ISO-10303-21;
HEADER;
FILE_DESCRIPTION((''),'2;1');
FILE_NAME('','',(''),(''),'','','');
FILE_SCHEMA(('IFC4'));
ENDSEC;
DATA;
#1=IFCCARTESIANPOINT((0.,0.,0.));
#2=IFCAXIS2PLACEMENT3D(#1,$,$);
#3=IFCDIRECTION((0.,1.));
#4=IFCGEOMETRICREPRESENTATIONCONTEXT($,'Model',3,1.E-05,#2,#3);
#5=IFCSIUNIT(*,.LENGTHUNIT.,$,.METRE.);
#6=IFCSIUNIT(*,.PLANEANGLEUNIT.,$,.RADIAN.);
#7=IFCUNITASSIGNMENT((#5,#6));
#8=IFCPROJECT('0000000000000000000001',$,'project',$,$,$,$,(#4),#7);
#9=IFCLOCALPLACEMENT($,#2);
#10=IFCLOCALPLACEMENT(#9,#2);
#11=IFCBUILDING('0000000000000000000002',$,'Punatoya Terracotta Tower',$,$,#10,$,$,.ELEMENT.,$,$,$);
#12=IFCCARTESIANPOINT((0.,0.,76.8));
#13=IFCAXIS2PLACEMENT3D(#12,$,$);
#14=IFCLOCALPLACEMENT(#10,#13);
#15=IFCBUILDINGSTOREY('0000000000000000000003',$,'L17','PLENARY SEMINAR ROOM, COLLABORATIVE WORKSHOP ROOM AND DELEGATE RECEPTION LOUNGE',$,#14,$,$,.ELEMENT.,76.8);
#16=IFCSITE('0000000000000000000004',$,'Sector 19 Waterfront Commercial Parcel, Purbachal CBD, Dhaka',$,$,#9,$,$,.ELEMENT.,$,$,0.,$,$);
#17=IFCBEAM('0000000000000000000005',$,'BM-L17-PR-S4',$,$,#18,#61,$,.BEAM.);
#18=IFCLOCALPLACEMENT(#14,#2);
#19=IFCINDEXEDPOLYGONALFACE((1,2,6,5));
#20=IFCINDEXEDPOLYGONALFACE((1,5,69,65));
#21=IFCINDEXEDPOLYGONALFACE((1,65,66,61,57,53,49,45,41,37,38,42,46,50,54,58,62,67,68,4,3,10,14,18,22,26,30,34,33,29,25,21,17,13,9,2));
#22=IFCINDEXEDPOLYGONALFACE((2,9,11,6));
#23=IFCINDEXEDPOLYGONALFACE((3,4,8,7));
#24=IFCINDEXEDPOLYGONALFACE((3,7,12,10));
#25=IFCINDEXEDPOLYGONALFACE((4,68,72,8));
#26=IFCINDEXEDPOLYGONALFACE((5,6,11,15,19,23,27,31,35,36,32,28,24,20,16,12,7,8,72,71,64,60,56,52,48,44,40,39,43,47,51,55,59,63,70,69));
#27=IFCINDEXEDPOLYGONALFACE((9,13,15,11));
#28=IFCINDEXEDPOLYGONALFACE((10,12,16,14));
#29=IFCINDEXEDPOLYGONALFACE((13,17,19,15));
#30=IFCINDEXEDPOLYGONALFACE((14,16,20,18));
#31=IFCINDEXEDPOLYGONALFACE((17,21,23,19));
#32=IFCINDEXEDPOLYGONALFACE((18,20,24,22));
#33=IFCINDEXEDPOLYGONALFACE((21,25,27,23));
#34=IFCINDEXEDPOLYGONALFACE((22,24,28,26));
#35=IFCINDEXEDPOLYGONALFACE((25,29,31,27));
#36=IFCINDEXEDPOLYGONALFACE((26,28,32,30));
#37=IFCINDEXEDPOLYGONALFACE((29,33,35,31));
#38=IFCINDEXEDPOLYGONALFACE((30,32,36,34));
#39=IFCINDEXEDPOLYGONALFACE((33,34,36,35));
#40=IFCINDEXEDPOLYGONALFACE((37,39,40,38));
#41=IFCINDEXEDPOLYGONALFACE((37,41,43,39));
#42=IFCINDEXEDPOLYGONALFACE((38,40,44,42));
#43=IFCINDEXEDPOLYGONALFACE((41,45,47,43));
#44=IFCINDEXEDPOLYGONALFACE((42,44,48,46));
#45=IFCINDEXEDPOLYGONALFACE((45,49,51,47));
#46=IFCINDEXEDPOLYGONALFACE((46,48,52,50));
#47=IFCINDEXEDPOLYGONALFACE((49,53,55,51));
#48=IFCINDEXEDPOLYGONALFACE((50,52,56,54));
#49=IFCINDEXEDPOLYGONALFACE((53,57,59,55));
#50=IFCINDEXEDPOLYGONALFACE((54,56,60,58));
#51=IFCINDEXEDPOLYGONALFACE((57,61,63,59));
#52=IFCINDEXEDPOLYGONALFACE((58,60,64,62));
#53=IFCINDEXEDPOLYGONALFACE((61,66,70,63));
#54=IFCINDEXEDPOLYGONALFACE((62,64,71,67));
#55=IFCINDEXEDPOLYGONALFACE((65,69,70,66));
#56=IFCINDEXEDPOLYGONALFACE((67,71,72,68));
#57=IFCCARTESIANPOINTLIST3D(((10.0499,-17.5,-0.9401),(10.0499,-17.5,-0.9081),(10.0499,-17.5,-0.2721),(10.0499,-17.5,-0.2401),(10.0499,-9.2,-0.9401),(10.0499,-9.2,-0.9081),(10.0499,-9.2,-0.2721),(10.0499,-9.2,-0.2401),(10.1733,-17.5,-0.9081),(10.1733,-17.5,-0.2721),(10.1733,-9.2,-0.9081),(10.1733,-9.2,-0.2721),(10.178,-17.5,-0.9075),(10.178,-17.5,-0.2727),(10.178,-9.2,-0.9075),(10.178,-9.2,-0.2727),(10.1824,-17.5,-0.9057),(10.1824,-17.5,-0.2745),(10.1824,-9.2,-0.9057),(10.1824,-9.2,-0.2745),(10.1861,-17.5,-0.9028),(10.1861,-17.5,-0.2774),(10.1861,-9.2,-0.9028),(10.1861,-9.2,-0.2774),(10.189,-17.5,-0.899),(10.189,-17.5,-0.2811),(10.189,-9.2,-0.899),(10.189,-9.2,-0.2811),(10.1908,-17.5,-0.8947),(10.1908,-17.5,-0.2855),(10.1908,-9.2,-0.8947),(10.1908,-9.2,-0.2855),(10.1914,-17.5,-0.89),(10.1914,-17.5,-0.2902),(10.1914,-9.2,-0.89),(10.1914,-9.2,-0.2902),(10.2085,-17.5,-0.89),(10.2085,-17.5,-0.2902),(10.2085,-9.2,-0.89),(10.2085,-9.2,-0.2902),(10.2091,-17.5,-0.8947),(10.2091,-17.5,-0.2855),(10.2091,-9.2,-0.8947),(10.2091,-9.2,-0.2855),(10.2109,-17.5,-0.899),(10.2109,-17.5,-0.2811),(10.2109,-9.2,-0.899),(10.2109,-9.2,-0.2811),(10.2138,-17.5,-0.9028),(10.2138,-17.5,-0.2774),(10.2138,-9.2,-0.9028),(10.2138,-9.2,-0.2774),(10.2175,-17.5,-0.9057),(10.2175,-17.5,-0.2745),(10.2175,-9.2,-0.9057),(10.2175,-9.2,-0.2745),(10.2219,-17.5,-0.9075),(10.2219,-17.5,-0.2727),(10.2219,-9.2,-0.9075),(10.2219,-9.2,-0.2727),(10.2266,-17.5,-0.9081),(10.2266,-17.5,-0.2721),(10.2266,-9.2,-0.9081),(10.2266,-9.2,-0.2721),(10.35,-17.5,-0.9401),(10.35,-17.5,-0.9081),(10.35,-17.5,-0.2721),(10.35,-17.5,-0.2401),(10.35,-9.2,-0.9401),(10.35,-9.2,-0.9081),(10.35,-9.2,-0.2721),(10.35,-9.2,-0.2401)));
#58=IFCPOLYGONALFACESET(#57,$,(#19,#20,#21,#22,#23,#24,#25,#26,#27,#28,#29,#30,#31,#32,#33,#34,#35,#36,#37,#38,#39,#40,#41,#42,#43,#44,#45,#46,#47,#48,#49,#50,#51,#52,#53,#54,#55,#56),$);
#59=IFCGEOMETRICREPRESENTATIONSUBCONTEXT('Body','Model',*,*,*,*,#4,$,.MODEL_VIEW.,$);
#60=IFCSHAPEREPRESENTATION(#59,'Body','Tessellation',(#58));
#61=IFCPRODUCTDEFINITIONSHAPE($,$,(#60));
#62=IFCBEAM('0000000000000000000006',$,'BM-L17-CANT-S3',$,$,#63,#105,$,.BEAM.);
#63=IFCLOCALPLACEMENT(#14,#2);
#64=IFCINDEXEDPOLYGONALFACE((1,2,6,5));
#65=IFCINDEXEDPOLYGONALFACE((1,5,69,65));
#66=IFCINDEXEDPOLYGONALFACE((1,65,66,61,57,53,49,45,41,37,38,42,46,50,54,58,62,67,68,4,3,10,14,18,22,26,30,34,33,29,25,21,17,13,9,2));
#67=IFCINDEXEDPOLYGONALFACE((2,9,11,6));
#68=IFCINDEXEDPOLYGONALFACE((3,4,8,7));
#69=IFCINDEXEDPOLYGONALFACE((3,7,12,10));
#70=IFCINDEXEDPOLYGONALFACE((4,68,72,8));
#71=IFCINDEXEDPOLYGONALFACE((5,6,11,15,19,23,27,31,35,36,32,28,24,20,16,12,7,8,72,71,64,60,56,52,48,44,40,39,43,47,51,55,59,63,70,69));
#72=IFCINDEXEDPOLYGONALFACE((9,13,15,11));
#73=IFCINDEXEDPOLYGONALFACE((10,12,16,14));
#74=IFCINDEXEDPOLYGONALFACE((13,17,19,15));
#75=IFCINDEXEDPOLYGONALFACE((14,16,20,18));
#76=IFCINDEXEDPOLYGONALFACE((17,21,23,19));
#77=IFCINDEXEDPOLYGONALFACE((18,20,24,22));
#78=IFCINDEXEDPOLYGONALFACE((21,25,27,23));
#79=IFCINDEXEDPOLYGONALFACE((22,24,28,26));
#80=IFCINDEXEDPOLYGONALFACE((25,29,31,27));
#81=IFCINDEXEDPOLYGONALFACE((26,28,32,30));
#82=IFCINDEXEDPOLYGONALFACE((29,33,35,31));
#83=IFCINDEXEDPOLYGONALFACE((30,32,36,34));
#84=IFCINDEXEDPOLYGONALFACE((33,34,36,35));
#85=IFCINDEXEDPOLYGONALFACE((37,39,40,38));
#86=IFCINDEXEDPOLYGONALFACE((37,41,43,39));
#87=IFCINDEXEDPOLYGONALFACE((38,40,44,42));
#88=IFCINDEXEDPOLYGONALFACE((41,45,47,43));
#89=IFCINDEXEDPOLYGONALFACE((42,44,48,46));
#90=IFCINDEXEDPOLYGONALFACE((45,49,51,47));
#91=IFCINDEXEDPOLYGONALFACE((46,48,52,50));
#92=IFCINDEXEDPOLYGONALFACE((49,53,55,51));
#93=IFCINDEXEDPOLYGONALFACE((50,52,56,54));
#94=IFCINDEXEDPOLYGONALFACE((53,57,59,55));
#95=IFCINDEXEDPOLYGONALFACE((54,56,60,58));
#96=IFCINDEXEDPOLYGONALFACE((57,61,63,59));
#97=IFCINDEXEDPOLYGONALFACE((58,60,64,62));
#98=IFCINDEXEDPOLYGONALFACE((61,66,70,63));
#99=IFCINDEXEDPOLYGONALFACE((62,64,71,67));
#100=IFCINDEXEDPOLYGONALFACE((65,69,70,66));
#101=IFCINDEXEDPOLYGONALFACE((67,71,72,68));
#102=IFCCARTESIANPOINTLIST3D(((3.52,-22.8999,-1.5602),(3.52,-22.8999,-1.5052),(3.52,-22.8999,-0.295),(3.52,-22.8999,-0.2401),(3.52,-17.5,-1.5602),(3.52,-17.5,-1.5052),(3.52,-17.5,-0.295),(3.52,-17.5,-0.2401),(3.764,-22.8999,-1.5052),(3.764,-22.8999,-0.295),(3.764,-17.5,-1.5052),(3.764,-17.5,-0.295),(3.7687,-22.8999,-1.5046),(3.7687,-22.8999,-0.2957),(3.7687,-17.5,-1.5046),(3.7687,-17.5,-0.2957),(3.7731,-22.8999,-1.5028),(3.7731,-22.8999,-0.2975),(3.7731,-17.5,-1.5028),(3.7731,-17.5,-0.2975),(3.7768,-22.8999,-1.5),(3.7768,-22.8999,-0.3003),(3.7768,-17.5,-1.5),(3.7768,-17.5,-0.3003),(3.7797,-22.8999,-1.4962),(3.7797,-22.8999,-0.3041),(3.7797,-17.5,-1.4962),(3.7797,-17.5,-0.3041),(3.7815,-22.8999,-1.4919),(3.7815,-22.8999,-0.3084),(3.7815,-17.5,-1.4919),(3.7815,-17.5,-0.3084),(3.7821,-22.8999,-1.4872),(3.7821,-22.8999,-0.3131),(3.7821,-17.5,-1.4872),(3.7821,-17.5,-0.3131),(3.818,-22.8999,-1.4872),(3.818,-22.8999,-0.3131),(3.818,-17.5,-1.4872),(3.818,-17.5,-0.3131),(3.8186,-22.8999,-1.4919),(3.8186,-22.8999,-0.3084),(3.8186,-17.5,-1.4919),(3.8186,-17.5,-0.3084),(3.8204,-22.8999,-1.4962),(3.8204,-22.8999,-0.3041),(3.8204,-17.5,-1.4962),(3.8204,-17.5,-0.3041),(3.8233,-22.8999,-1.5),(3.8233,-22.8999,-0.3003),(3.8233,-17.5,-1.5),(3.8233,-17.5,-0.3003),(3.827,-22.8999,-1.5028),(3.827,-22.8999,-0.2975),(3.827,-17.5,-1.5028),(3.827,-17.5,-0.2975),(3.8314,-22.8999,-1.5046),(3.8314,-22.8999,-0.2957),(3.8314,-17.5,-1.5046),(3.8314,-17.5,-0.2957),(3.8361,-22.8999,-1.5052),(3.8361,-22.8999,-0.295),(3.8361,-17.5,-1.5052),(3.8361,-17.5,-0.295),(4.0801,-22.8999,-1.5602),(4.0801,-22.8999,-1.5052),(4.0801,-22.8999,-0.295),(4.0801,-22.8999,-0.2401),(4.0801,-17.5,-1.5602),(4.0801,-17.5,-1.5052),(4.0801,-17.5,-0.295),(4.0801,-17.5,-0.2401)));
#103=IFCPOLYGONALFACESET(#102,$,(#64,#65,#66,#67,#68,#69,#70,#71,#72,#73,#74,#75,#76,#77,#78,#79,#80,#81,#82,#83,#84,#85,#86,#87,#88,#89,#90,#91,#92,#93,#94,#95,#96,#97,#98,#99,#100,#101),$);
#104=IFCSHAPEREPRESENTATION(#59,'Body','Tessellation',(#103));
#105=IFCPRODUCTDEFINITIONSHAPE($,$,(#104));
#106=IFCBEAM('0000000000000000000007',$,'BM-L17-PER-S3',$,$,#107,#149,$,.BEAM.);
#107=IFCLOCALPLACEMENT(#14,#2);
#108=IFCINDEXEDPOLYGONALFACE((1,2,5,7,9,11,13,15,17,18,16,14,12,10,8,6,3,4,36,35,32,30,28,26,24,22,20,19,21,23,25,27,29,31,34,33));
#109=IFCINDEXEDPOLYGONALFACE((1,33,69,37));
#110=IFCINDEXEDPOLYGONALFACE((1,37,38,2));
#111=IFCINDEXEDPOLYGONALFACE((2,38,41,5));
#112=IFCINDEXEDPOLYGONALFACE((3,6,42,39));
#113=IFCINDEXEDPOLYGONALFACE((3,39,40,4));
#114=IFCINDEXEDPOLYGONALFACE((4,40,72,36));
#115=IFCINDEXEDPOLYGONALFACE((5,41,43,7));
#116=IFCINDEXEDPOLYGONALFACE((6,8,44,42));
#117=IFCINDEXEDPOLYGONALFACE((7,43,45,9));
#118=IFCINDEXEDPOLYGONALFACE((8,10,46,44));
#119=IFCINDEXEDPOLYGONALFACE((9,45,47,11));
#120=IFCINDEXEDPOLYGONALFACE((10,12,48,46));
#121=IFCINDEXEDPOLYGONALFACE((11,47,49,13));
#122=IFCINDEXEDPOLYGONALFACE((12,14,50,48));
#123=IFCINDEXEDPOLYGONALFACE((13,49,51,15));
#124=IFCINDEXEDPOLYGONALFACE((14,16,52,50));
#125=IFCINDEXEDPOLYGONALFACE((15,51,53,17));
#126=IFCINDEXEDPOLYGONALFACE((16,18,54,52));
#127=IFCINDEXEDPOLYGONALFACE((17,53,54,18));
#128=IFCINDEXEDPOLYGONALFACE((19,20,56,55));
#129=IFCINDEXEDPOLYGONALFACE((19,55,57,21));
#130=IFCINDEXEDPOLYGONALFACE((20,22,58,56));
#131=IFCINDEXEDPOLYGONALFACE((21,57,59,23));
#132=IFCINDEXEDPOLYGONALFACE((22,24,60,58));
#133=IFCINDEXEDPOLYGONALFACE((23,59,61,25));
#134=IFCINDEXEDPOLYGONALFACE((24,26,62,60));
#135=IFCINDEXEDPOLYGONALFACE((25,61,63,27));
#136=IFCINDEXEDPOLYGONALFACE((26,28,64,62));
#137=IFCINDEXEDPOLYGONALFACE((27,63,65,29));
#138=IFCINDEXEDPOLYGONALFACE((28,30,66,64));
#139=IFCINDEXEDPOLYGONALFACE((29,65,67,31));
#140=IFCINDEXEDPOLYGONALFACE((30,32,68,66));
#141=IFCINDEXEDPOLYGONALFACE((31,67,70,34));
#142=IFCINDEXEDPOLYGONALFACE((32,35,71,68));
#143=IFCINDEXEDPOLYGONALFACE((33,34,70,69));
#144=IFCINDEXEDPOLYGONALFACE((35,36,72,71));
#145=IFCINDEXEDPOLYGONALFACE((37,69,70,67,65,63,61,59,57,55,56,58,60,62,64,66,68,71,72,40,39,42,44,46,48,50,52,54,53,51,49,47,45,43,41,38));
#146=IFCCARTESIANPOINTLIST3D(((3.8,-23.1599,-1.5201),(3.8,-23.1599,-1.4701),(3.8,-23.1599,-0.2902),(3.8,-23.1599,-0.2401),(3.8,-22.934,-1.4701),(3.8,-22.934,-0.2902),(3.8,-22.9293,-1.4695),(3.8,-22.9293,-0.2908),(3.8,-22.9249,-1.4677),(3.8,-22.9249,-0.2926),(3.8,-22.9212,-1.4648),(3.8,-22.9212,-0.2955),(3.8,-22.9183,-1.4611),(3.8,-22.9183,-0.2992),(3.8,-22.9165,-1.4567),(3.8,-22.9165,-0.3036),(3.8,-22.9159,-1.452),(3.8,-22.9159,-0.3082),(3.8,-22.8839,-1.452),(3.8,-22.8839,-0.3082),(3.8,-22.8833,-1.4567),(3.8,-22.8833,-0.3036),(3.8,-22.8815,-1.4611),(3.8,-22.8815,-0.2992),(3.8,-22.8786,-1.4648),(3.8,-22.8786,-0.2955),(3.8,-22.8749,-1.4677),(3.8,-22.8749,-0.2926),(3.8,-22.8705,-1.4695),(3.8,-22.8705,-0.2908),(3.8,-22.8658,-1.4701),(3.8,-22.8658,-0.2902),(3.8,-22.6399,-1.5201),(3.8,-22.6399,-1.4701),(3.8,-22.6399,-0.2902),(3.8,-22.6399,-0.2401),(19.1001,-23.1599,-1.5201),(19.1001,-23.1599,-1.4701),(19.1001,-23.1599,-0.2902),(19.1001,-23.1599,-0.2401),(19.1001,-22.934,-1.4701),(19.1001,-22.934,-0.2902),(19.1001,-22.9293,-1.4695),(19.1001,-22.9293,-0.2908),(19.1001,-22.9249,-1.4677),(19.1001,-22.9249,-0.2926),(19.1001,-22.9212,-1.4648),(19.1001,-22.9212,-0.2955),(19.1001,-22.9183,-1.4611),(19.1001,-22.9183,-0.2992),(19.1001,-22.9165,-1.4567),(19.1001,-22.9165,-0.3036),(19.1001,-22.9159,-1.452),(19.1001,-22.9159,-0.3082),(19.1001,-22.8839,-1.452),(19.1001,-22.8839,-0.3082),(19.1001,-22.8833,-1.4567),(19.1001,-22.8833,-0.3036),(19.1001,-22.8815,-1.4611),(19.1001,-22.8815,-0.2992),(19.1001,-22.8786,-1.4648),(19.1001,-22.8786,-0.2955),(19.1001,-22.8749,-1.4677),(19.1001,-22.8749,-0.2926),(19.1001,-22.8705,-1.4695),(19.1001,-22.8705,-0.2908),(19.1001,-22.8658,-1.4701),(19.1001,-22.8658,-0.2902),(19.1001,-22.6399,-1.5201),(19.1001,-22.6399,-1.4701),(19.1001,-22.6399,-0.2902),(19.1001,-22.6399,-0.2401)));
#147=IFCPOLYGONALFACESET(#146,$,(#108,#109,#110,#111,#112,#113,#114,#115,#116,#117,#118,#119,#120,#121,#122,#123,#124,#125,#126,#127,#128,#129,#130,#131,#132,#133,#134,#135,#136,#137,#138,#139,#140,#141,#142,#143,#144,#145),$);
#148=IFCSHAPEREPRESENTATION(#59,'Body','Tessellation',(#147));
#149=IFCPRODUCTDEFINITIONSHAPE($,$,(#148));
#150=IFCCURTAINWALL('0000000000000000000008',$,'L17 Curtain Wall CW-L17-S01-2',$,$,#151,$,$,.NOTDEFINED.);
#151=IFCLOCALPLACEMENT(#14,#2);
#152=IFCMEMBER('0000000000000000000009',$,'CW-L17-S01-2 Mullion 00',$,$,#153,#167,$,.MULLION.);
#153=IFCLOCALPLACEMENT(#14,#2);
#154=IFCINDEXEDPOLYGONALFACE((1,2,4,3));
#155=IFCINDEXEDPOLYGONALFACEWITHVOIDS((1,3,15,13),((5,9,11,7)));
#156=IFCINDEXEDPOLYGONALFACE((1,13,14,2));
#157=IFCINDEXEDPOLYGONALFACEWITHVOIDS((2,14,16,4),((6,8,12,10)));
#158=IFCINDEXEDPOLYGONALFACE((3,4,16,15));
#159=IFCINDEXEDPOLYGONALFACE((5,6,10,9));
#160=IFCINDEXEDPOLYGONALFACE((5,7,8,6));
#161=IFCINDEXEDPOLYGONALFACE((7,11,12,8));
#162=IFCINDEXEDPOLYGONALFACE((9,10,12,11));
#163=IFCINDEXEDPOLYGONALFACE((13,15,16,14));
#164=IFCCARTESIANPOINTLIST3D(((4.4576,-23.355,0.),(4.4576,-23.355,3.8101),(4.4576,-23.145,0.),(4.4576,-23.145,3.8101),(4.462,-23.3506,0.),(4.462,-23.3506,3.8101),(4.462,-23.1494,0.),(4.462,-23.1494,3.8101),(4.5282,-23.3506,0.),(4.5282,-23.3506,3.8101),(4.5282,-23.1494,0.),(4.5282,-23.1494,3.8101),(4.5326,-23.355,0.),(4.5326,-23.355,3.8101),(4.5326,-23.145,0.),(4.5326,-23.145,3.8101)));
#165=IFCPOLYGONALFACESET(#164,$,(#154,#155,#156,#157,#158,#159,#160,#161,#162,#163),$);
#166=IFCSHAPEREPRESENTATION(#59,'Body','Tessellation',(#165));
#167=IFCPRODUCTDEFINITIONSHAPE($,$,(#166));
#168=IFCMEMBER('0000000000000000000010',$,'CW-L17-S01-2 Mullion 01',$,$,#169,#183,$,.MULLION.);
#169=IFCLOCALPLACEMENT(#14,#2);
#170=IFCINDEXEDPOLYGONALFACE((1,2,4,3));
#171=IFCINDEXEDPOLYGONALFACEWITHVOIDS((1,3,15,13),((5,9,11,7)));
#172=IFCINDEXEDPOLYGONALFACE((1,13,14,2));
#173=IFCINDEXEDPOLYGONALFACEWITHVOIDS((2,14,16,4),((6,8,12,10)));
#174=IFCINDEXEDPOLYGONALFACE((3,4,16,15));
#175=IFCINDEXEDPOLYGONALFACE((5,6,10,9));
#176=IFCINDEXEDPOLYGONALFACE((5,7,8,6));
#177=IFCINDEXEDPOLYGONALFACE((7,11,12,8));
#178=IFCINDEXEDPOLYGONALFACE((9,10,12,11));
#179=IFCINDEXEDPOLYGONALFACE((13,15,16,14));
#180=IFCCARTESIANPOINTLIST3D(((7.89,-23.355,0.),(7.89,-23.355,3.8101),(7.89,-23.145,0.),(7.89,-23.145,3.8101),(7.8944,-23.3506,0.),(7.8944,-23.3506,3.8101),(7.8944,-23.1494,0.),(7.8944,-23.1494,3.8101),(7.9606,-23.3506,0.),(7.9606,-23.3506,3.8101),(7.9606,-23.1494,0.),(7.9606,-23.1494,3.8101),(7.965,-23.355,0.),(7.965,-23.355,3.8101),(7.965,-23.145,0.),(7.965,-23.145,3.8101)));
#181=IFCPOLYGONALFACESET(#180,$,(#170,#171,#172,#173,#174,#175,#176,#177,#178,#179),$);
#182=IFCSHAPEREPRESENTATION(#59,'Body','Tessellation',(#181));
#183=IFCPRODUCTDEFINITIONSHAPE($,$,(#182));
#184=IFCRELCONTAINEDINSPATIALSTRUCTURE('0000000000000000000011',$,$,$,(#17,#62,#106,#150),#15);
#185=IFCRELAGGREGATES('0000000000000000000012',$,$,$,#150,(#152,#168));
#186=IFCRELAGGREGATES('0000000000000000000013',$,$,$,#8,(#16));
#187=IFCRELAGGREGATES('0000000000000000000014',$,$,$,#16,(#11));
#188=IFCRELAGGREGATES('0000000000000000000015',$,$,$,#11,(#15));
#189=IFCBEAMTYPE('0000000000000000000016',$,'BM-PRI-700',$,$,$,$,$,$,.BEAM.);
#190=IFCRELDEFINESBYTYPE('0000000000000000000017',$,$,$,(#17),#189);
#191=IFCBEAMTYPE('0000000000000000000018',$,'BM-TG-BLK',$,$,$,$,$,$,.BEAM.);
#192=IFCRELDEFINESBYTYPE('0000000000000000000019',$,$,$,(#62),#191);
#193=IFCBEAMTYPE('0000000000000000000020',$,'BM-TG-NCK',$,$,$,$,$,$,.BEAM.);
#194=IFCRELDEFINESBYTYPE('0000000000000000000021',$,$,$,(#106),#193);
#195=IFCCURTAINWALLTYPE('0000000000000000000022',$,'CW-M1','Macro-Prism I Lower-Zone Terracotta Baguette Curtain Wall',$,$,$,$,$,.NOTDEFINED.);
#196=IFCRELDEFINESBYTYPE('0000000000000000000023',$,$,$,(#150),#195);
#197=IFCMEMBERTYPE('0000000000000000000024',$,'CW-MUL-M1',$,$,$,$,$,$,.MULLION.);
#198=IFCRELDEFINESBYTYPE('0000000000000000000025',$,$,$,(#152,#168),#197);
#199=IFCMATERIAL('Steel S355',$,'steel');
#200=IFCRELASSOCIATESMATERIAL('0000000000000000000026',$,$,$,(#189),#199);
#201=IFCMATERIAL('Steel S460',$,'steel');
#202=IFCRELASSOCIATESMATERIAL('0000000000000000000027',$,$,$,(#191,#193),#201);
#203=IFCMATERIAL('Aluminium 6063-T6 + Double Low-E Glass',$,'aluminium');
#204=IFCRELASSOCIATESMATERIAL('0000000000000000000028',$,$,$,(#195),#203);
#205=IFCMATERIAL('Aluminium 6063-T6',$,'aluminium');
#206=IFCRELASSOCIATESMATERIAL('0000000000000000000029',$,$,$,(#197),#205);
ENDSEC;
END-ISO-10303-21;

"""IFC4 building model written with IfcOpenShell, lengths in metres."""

from ifc_helpers import new_model, si_unit, direction, frame, origin, origin_2d, place, context, subcontext, project, spatial, hollow_rectangle, i_section, extrude, material, material_profile, profile_set, type_object, element, aggregate, save


model = new_model("IFC4")

# Units and contexts
model_context = context("Model", 3, precision=1e-05, world=origin(), true_north=direction((0.0, 1.0)))
body_context = subcontext(model_context, "Body", "Model", "MODEL_VIEW")
ifc_project = project(units=[si_unit("LENGTHUNIT", "METRE"), si_unit("PLANEANGLEUNIT", "RADIAN")], contexts=[model_context])

# Site, building, storey
site_placement = place(None, origin())
site = spatial("IfcSite", under=ifc_project, at=site_placement, Name="Sector 19 Waterfront Commercial Parcel, Purbachal CBD, Dhaka", CompositionType="ELEMENT", RefElevation=0.0)
building_placement = place(site_placement, origin())
building = spatial("IfcBuilding", under=site, at=building_placement, Name="Punatoya Terracotta Tower", CompositionType="ELEMENT")
storey_placement = place(building_placement, frame((0.0, 0.0, 76.8)))
storey = spatial("IfcBuildingStorey", under=building, at=storey_placement, Name="L17", Description="PLENARY SEMINAR ROOM, COLLABORATIVE WORKSHOP ROOM AND DELEGATE RECEPTION LOUNGE", CompositionType="ELEMENT", Elevation=76.8)

# Shared definitions
ifc_material_1 = material(Name="Steel S460", Category="steel")

# Beams
ifc_material_2 = material(Name="Steel S355", Category="steel")
ifc_material_profile_1 = material_profile(ifc_material_2, i_section(OverallWidth=0.3, OverallDepth=0.7, WebThickness=0.0171, FlangeThickness=0.032, FilletRadius=0.0181, at=origin_2d()))
ifc_profile_set_1 = profile_set([ifc_material_profile_1], Name="Steel S355")
beam_type_1 = type_object("IfcBeamType", Name="BM-PRI-700", PredefinedType="BEAM", material=ifc_profile_set_1)
for number, where, z_axis, x_axis, name in (
    (1, (10.2, -17.5, -0.5901), (0.0, 1.0, 0.0), (-1.0, 0.0, 0.0), "BM-L17-PR-S4"),
):
    element("IfcBeam", number, at=place(storey_placement, frame(where, z_axis=z_axis, x_axis=x_axis)), inside=storey, type_object=beam_type_1, Name=name, PredefinedType="BEAM", context=body_context, shape_type="SweptSolid", body=[
        extrude(i_section(OverallWidth=0.3, OverallDepth=0.7, WebThickness=0.0171, FlangeThickness=0.032, FilletRadius=0.0181, at=origin_2d()), origin(), (0.0, 0.0, 1.0), 8.3),
    ])
ifc_material_profile_2 = material_profile(ifc_material_1, i_section(OverallWidth=0.5601, OverallDepth=1.3201, WebThickness=0.0359, FlangeThickness=0.0549, FilletRadius=0.0181, at=origin_2d()))
ifc_profile_set_2 = profile_set([ifc_material_profile_2], Name="Steel S460")
beam_type_2 = type_object("IfcBeamType", Name="BM-TG-BLK", PredefinedType="BEAM", material=ifc_profile_set_2)
beam_1_placement = place(storey_placement, frame((3.8, -22.8999, -0.9001), z_axis=(0.0, 1.0, 0.0), x_axis=(-1.0, 0.0, 0.0)))
element("IfcBeam", 2, at=beam_1_placement, inside=storey, type_object=beam_type_2, Name="BM-L17-CANT-S3", PredefinedType="BEAM", context=body_context, shape_type="SweptSolid", body=[
    extrude(i_section(OverallWidth=0.5601, OverallDepth=1.3201, WebThickness=0.0359, FlangeThickness=0.0549, FilletRadius=0.0181, at=origin_2d()), origin(), (0.0, 0.0, 1.0), 5.3999),
])
ifc_material_profile_3 = material_profile(ifc_material_1, i_section(OverallWidth=0.52, OverallDepth=1.28, WebThickness=0.032, FlangeThickness=0.05, FilletRadius=0.0181, at=origin_2d()))
ifc_profile_set_3 = profile_set([ifc_material_profile_3], Name="Steel S460")
beam_type_3 = type_object("IfcBeamType", Name="BM-TG-NCK", PredefinedType="BEAM", material=ifc_profile_set_3)
beam_2_placement = place(storey_placement, frame((3.8, -22.8999, -0.8801), z_axis=(1.0, 0.0, 0.0), x_axis=(0.0, 1.0, 0.0)))
element("IfcBeam", 3, at=beam_2_placement, inside=storey, type_object=beam_type_3, Name="BM-L17-PER-S3", PredefinedType="BEAM", context=body_context, shape_type="SweptSolid", body=[
    extrude(i_section(OverallWidth=0.52, OverallDepth=1.28, WebThickness=0.032, FlangeThickness=0.05, FilletRadius=0.0181, at=origin_2d()), origin(), (0.0, 0.0, 1.0), 15.3),
])

# Curtain wall, members
ifc_material_3 = material(Name="Aluminium 6063-T6 + Double Low-E Glass", Category="aluminium")
curtain_wall_type = type_object("IfcCurtainWallType", Name="CW-M1", Description="Macro-Prism I Lower-Zone Terracotta Baguette Curtain Wall", PredefinedType="NOTDEFINED", material=ifc_material_3)
curtain_wall_placement = place(storey_placement, origin())
curtain_wall = element("IfcCurtainWall", 4, at=curtain_wall_placement, inside=storey, type_object=curtain_wall_type, Name="L17 Curtain Wall CW-L17-S01-2", PredefinedType="NOTDEFINED")
ifc_material_4 = material(Name="Aluminium 6063-T6", Category="aluminium")
ifc_material_profile_4 = material_profile(ifc_material_4, hollow_rectangle(XDim=0.075, YDim=0.21, WallThickness=0.0044, at=origin_2d()))
ifc_profile_set_4 = profile_set([ifc_material_profile_4], Name="Aluminium 6063-T6")
member_type_1 = type_object("IfcMemberType", Name="CW-MUL-M1", PredefinedType="MULLION", material=ifc_profile_set_4)
member_1_placement = place(storey_placement, frame((4.4951, -23.25, 0.0), z_axis=(0.0, 0.0, 1.0), x_axis=(1.0, 0.0, 0.0)))
member_1 = element("IfcMember", 5, at=member_1_placement, type_object=member_type_1, Name="CW-L17-S01-2 Mullion 00", PredefinedType="MULLION", context=body_context, shape_type="SweptSolid", body=[
    extrude(hollow_rectangle(XDim=0.075, YDim=0.21, WallThickness=0.0044, at=origin_2d()), origin(), (0.0, 0.0, 1.0), 3.8101),
])
member_2_placement = place(storey_placement, frame((7.9275, -23.25, 0.0), z_axis=(0.0, 0.0, 1.0), x_axis=(1.0, 0.0, 0.0)))
member_2 = element("IfcMember", 6, at=member_2_placement, type_object=member_type_1, Name="CW-L17-S01-2 Mullion 01", PredefinedType="MULLION", context=body_context, shape_type="SweptSolid", body=[
    extrude(hollow_rectangle(XDim=0.075, YDim=0.21, WallThickness=0.0044, at=origin_2d()), origin(), (0.0, 0.0, 1.0), 3.8101),
])

aggregate(curtain_wall, [member_1, member_2])

save(model, "model.ifc")
